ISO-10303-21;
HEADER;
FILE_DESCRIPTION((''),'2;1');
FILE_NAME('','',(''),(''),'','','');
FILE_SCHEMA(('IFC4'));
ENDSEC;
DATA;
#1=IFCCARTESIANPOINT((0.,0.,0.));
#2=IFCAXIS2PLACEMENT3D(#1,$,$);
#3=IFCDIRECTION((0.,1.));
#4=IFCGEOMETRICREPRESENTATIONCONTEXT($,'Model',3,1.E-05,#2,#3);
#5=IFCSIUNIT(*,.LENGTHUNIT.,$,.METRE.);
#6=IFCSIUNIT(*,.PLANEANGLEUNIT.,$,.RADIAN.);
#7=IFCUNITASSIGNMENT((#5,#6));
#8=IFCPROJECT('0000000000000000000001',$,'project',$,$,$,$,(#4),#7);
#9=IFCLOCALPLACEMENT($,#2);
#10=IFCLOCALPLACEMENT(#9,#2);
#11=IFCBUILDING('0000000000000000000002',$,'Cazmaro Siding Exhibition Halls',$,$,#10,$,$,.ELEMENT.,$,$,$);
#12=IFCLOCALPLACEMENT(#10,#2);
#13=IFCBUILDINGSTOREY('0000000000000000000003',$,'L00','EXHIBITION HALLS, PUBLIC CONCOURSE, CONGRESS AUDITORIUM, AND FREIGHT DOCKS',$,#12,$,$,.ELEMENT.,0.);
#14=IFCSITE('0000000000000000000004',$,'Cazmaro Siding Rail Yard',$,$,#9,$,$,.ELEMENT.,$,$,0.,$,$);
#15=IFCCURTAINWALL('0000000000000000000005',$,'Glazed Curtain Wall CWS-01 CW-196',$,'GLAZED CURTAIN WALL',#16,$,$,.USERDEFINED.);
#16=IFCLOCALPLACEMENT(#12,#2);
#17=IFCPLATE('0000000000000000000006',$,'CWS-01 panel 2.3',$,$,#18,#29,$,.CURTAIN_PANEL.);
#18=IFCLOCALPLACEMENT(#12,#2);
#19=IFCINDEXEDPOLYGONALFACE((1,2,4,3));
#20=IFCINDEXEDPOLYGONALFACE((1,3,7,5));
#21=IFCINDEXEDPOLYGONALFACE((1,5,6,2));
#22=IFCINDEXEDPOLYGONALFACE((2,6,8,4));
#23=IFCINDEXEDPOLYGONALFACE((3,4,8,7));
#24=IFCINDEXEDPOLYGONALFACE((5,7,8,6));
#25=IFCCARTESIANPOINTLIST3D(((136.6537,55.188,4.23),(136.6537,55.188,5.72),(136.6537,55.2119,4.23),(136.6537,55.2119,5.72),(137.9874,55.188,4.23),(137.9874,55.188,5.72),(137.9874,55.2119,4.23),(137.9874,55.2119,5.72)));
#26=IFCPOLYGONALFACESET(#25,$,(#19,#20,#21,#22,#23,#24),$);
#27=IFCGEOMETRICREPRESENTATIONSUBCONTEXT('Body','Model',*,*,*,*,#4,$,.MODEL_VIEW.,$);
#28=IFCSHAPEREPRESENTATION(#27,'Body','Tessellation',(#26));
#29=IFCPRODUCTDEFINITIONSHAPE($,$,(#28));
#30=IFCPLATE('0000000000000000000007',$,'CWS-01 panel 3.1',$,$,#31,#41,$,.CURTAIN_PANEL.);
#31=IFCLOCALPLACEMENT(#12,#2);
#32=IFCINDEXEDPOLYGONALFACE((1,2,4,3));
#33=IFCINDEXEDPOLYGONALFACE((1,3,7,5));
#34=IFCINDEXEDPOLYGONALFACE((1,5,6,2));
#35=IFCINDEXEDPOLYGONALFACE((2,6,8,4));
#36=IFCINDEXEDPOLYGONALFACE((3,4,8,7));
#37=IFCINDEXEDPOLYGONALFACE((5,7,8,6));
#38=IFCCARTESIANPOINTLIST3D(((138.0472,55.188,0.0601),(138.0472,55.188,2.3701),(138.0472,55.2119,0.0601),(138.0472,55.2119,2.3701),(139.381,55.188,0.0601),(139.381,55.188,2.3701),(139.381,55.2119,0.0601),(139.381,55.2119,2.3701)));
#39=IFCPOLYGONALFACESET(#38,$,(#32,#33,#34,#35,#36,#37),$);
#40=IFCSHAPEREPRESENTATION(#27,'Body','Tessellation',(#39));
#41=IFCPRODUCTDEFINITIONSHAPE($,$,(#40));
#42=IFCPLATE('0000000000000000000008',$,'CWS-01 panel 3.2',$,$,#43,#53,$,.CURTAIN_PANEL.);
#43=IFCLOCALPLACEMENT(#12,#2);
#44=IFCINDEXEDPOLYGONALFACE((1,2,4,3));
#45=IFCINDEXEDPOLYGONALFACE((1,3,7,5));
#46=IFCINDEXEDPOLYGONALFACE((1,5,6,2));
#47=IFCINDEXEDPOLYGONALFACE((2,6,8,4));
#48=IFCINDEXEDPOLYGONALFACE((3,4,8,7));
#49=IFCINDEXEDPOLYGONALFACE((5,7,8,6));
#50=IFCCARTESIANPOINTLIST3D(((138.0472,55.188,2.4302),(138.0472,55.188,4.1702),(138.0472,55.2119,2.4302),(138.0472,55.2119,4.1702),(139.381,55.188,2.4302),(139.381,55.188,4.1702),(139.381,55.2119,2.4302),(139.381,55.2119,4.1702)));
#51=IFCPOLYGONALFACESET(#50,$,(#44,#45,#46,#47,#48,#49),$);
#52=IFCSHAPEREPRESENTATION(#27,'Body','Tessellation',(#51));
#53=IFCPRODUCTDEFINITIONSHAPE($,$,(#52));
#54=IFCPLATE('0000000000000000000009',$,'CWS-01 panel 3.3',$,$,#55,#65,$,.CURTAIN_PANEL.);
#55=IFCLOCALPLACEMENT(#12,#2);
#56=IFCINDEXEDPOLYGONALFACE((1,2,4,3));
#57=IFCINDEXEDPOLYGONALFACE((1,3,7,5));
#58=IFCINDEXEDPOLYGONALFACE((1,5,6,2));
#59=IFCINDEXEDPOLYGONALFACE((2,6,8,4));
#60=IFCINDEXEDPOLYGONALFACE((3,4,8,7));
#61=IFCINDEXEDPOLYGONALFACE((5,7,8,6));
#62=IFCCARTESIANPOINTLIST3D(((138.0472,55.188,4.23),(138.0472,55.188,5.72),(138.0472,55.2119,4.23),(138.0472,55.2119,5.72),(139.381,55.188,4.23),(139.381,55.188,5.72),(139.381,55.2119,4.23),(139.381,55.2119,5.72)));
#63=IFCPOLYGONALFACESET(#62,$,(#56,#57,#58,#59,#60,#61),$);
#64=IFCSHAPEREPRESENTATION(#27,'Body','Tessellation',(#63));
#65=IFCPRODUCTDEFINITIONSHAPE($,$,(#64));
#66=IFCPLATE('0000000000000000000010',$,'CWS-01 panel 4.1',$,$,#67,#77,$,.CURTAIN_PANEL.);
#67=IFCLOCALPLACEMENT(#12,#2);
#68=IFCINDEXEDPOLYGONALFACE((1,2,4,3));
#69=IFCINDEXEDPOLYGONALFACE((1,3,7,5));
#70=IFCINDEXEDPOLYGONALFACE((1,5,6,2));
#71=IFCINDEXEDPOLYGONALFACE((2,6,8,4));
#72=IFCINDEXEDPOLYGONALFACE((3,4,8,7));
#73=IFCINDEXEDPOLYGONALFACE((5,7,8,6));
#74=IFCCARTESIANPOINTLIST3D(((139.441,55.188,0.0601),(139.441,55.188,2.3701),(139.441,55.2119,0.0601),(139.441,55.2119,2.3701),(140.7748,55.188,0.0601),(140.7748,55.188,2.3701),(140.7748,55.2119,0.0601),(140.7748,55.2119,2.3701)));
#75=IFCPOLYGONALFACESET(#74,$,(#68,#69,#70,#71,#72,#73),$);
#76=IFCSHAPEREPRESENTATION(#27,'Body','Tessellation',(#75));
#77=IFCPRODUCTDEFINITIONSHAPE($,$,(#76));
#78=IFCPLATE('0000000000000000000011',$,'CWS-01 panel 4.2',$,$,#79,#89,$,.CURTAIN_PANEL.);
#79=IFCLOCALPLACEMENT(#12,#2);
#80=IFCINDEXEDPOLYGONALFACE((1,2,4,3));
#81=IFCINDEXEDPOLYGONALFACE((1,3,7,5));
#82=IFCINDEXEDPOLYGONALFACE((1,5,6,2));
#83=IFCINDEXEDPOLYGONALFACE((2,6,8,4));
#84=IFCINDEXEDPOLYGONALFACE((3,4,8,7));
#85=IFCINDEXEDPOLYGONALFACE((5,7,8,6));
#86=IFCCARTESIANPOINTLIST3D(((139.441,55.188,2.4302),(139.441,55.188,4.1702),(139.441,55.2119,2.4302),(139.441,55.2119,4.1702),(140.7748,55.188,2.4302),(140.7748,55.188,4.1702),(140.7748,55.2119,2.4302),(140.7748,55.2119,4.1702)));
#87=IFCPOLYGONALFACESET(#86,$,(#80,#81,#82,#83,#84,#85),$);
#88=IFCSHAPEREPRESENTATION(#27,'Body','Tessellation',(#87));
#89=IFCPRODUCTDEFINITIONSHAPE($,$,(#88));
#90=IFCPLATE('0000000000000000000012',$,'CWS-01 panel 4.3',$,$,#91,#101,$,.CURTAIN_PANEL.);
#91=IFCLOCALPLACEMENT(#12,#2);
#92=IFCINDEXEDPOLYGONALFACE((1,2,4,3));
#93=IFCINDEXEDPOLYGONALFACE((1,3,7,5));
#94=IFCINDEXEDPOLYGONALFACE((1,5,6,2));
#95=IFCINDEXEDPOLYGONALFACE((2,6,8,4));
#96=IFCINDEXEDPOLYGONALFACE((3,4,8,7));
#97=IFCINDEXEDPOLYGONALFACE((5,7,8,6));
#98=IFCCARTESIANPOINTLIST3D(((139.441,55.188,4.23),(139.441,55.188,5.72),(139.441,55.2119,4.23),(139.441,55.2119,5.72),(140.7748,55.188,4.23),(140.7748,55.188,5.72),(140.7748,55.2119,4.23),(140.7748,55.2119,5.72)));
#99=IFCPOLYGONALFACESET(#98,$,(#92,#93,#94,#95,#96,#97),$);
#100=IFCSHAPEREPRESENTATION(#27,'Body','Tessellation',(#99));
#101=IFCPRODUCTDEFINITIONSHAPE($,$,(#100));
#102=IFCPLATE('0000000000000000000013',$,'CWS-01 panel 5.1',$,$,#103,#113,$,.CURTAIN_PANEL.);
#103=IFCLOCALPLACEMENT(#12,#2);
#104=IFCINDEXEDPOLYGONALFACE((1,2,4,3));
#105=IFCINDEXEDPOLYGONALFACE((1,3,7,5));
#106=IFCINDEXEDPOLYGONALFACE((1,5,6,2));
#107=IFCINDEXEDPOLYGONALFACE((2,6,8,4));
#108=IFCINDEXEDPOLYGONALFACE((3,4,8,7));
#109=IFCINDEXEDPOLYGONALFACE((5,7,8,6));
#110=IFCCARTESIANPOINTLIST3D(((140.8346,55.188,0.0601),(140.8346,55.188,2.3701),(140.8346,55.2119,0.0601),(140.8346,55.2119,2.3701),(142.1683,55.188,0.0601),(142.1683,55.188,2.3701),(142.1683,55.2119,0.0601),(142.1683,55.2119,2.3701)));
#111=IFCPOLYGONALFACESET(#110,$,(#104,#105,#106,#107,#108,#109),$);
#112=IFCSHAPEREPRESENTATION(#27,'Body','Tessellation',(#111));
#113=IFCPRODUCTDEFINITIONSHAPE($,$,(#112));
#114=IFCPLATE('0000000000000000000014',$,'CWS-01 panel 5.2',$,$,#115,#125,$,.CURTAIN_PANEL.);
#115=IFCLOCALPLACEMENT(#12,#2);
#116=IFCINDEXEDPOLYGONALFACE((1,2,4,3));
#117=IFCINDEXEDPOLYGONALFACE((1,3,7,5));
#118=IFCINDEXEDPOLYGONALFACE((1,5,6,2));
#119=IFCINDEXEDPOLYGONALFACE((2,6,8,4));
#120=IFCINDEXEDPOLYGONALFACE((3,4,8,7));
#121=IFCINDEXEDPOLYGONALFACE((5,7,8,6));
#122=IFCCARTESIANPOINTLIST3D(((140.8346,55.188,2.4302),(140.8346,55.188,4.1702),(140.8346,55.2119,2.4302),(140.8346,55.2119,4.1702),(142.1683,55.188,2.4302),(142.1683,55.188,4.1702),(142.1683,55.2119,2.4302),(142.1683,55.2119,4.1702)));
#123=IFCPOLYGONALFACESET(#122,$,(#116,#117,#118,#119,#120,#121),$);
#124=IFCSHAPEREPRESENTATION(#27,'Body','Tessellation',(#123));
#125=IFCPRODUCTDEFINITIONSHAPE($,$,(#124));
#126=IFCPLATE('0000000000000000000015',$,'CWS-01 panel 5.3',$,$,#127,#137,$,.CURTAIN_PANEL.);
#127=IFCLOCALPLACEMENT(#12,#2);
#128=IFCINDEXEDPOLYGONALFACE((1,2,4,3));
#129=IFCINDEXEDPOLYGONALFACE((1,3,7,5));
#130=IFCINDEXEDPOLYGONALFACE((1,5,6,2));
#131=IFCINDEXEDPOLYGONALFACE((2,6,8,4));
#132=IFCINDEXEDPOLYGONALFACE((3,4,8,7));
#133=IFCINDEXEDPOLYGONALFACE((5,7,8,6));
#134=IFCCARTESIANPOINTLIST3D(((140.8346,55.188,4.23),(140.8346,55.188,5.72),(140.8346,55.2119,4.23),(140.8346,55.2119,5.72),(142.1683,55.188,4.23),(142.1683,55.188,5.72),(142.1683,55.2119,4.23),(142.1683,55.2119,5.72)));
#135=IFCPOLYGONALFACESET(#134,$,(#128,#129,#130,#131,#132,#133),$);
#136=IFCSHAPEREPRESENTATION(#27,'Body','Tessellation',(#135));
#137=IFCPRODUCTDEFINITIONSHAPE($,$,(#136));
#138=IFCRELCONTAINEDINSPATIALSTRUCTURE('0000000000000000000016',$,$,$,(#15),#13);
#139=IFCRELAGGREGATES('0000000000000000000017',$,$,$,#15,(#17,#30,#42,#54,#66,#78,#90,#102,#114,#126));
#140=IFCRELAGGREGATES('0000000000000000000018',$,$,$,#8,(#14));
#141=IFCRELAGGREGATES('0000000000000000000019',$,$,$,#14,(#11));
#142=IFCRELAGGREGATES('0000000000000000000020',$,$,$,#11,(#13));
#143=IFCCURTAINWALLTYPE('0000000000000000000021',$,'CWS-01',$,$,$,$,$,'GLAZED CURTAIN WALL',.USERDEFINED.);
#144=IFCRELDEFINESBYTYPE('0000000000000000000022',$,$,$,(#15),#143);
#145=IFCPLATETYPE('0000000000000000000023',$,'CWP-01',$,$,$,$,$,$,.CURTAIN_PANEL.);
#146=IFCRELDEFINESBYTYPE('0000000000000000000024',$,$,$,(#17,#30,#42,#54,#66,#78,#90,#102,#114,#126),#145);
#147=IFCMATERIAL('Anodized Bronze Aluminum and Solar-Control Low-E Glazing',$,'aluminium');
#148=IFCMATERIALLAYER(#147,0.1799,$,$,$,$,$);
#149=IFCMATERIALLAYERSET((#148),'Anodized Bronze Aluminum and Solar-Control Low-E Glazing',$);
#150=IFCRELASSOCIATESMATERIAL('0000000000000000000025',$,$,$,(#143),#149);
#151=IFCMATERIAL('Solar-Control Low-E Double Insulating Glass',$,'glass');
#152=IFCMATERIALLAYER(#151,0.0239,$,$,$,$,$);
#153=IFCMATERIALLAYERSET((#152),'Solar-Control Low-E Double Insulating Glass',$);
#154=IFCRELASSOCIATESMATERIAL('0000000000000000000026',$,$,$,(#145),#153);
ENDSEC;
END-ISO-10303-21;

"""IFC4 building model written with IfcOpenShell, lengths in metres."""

from ifc_helpers import new_model, si_unit, direction, frame, origin, origin_2d, place, context, subcontext, project, spatial, rectangle, extrude, material, layer, layer_set, type_object, element, aggregate, save


model = new_model("IFC4")

# Units and contexts
model_context = context("Model", 3, precision=1e-05, world=origin(), true_north=direction((0.0, 1.0)))
body_context = subcontext(model_context, "Body", "Model", "MODEL_VIEW")
ifc_project = project(units=[si_unit("LENGTHUNIT", "METRE"), si_unit("PLANEANGLEUNIT", "RADIAN")], contexts=[model_context])

# Site, building, storey
site_placement = place(None, origin())
site = spatial("IfcSite", under=ifc_project, at=site_placement, Name="Cazmaro Siding Rail Yard", CompositionType="ELEMENT", RefElevation=0.0)
building_placement = place(site_placement, origin())
building = spatial("IfcBuilding", under=site, at=building_placement, Name="Cazmaro Siding Exhibition Halls", CompositionType="ELEMENT")
storey_placement = place(building_placement, origin())
storey = spatial("IfcBuildingStorey", under=building, at=storey_placement, Name="L00", Description="EXHIBITION HALLS, PUBLIC CONCOURSE, CONGRESS AUDITORIUM, AND FREIGHT DOCKS", CompositionType="ELEMENT", Elevation=0.0)

# Curtain wall, plates
ifc_material_1 = material(Name="Anodized Bronze Aluminum and Solar-Control Low-E Glazing", Category="aluminium")
ifc_layer_1 = layer(ifc_material_1, 0.1799)
ifc_layer_set_1 = layer_set([ifc_layer_1], Name="Anodized Bronze Aluminum and Solar-Control Low-E Glazing")
curtain_wall_type = type_object("IfcCurtainWallType", Name="CWS-01", ElementType="GLAZED CURTAIN WALL", PredefinedType="USERDEFINED", material=ifc_layer_set_1)
curtain_wall_placement = place(storey_placement, origin())
curtain_wall = element("IfcCurtainWall", 1, at=curtain_wall_placement, inside=storey, type_object=curtain_wall_type, Name="Glazed Curtain Wall CWS-01 CW-196", ObjectType="GLAZED CURTAIN WALL", PredefinedType="USERDEFINED")
ifc_material_2 = material(Name="Solar-Control Low-E Double Insulating Glass", Category="glass")
ifc_layer_2 = layer(ifc_material_2, 0.0239)
ifc_layer_set_2 = layer_set([ifc_layer_2], Name="Solar-Control Low-E Double Insulating Glass")
plate_type = type_object("IfcPlateType", Name="CWP-01", PredefinedType="CURTAIN_PANEL", material=ifc_layer_set_2)
plate_1_placement = place(storey_placement, frame((137.3206, 55.2, 4.23), z_axis=(0.0, 0.0, 1.0), x_axis=(1.0, 0.0, 0.0)))
plate_1 = element("IfcPlate", 2, at=plate_1_placement, type_object=plate_type, Name="CWS-01 panel 2.3", PredefinedType="CURTAIN_PANEL", context=body_context, shape_type="SweptSolid", body=[
    extrude(rectangle(XDim=1.3337, YDim=0.0239, at=origin_2d()), origin(), (0.0, 0.0, 1.0), 1.49),
])
plate_2_placement = place(storey_placement, frame((138.7141, 55.2, 0.0601), z_axis=(0.0, 0.0, 1.0), x_axis=(1.0, 0.0, 0.0)))
plate_2 = element("IfcPlate", 3, at=plate_2_placement, type_object=plate_type, Name="CWS-01 panel 3.1", PredefinedType="CURTAIN_PANEL", context=body_context, shape_type="SweptSolid", body=[
    extrude(rectangle(XDim=1.3337, YDim=0.0239, at=origin_2d()), origin(), (0.0, 0.0, 1.0), 2.3101),
])
plate_3_placement = place(storey_placement, frame((138.7141, 55.2, 2.4302), z_axis=(0.0, 0.0, 1.0), x_axis=(1.0, 0.0, 0.0)))
plate_3 = element("IfcPlate", 4, at=plate_3_placement, type_object=plate_type, Name="CWS-01 panel 3.2", PredefinedType="CURTAIN_PANEL", context=body_context, shape_type="SweptSolid", body=[
    extrude(rectangle(XDim=1.3337, YDim=0.0239, at=origin_2d()), origin(), (0.0, 0.0, 1.0), 1.74),
])
plate_4_placement = place(storey_placement, frame((138.7141, 55.2, 4.23), z_axis=(0.0, 0.0, 1.0), x_axis=(1.0, 0.0, 0.0)))
plate_4 = element("IfcPlate", 5, at=plate_4_placement, type_object=plate_type, Name="CWS-01 panel 3.3", PredefinedType="CURTAIN_PANEL", context=body_context, shape_type="SweptSolid", body=[
    extrude(rectangle(XDim=1.3337, YDim=0.0239, at=origin_2d()), origin(), (0.0, 0.0, 1.0), 1.49),
])
plate_5_placement = place(storey_placement, frame((140.1079, 55.2, 0.0601), z_axis=(0.0, 0.0, 1.0), x_axis=(1.0, 0.0, 0.0)))
plate_5 = element("IfcPlate", 6, at=plate_5_placement, type_object=plate_type, Name="CWS-01 panel 4.1", PredefinedType="CURTAIN_PANEL", context=body_context, shape_type="SweptSolid", body=[
    extrude(rectangle(XDim=1.3337, YDim=0.0239, at=origin_2d()), origin(), (0.0, 0.0, 1.0), 2.3101),
])
plate_6_placement = place(storey_placement, frame((140.1079, 55.2, 2.4302), z_axis=(0.0, 0.0, 1.0), x_axis=(1.0, 0.0, 0.0)))
plate_6 = element("IfcPlate", 7, at=plate_6_placement, type_object=plate_type, Name="CWS-01 panel 4.2", PredefinedType="CURTAIN_PANEL", context=body_context, shape_type="SweptSolid", body=[
    extrude(rectangle(XDim=1.3337, YDim=0.0239, at=origin_2d()), origin(), (0.0, 0.0, 1.0), 1.74),
])
plate_7_placement = place(storey_placement, frame((140.1079, 55.2, 4.23), z_axis=(0.0, 0.0, 1.0), x_axis=(1.0, 0.0, 0.0)))
plate_7 = element("IfcPlate", 8, at=plate_7_placement, type_object=plate_type, Name="CWS-01 panel 4.3", PredefinedType="CURTAIN_PANEL", context=body_context, shape_type="SweptSolid", body=[
    extrude(rectangle(XDim=1.3337, YDim=0.0239, at=origin_2d()), origin(), (0.0, 0.0, 1.0), 1.49),
])
plate_8_placement = place(storey_placement, frame((141.5015, 55.2, 0.0601), z_axis=(0.0, 0.0, 1.0), x_axis=(1.0, 0.0, 0.0)))
plate_8 = element("IfcPlate", 9, at=plate_8_placement, type_object=plate_type, Name="CWS-01 panel 5.1", PredefinedType="CURTAIN_PANEL", context=body_context, shape_type="SweptSolid", body=[
    extrude(rectangle(XDim=1.3337, YDim=0.0239, at=origin_2d()), origin(), (0.0, 0.0, 1.0), 2.3101),
])
plate_9_placement = place(storey_placement, frame((141.5015, 55.2, 2.4302), z_axis=(0.0, 0.0, 1.0), x_axis=(1.0, 0.0, 0.0)))
plate_9 = element("IfcPlate", 10, at=plate_9_placement, type_object=plate_type, Name="CWS-01 panel 5.2", PredefinedType="CURTAIN_PANEL", context=body_context, shape_type="SweptSolid", body=[
    extrude(rectangle(XDim=1.3337, YDim=0.0239, at=origin_2d()), origin(), (0.0, 0.0, 1.0), 1.74),
])
plate_10_placement = place(storey_placement, frame((141.5015, 55.2, 4.23), z_axis=(0.0, 0.0, 1.0), x_axis=(1.0, 0.0, 0.0)))
plate_10 = element("IfcPlate", 11, at=plate_10_placement, type_object=plate_type, Name="CWS-01 panel 5.3", PredefinedType="CURTAIN_PANEL", context=body_context, shape_type="SweptSolid", body=[
    extrude(rectangle(XDim=1.3337, YDim=0.0239, at=origin_2d()), origin(), (0.0, 0.0, 1.0), 1.49),
])
aggregate(curtain_wall, [plate_1, plate_2, plate_3, plate_4, plate_5, plate_6, plate_7, plate_8, plate_9, plate_10])

save(model, "model.ifc")
